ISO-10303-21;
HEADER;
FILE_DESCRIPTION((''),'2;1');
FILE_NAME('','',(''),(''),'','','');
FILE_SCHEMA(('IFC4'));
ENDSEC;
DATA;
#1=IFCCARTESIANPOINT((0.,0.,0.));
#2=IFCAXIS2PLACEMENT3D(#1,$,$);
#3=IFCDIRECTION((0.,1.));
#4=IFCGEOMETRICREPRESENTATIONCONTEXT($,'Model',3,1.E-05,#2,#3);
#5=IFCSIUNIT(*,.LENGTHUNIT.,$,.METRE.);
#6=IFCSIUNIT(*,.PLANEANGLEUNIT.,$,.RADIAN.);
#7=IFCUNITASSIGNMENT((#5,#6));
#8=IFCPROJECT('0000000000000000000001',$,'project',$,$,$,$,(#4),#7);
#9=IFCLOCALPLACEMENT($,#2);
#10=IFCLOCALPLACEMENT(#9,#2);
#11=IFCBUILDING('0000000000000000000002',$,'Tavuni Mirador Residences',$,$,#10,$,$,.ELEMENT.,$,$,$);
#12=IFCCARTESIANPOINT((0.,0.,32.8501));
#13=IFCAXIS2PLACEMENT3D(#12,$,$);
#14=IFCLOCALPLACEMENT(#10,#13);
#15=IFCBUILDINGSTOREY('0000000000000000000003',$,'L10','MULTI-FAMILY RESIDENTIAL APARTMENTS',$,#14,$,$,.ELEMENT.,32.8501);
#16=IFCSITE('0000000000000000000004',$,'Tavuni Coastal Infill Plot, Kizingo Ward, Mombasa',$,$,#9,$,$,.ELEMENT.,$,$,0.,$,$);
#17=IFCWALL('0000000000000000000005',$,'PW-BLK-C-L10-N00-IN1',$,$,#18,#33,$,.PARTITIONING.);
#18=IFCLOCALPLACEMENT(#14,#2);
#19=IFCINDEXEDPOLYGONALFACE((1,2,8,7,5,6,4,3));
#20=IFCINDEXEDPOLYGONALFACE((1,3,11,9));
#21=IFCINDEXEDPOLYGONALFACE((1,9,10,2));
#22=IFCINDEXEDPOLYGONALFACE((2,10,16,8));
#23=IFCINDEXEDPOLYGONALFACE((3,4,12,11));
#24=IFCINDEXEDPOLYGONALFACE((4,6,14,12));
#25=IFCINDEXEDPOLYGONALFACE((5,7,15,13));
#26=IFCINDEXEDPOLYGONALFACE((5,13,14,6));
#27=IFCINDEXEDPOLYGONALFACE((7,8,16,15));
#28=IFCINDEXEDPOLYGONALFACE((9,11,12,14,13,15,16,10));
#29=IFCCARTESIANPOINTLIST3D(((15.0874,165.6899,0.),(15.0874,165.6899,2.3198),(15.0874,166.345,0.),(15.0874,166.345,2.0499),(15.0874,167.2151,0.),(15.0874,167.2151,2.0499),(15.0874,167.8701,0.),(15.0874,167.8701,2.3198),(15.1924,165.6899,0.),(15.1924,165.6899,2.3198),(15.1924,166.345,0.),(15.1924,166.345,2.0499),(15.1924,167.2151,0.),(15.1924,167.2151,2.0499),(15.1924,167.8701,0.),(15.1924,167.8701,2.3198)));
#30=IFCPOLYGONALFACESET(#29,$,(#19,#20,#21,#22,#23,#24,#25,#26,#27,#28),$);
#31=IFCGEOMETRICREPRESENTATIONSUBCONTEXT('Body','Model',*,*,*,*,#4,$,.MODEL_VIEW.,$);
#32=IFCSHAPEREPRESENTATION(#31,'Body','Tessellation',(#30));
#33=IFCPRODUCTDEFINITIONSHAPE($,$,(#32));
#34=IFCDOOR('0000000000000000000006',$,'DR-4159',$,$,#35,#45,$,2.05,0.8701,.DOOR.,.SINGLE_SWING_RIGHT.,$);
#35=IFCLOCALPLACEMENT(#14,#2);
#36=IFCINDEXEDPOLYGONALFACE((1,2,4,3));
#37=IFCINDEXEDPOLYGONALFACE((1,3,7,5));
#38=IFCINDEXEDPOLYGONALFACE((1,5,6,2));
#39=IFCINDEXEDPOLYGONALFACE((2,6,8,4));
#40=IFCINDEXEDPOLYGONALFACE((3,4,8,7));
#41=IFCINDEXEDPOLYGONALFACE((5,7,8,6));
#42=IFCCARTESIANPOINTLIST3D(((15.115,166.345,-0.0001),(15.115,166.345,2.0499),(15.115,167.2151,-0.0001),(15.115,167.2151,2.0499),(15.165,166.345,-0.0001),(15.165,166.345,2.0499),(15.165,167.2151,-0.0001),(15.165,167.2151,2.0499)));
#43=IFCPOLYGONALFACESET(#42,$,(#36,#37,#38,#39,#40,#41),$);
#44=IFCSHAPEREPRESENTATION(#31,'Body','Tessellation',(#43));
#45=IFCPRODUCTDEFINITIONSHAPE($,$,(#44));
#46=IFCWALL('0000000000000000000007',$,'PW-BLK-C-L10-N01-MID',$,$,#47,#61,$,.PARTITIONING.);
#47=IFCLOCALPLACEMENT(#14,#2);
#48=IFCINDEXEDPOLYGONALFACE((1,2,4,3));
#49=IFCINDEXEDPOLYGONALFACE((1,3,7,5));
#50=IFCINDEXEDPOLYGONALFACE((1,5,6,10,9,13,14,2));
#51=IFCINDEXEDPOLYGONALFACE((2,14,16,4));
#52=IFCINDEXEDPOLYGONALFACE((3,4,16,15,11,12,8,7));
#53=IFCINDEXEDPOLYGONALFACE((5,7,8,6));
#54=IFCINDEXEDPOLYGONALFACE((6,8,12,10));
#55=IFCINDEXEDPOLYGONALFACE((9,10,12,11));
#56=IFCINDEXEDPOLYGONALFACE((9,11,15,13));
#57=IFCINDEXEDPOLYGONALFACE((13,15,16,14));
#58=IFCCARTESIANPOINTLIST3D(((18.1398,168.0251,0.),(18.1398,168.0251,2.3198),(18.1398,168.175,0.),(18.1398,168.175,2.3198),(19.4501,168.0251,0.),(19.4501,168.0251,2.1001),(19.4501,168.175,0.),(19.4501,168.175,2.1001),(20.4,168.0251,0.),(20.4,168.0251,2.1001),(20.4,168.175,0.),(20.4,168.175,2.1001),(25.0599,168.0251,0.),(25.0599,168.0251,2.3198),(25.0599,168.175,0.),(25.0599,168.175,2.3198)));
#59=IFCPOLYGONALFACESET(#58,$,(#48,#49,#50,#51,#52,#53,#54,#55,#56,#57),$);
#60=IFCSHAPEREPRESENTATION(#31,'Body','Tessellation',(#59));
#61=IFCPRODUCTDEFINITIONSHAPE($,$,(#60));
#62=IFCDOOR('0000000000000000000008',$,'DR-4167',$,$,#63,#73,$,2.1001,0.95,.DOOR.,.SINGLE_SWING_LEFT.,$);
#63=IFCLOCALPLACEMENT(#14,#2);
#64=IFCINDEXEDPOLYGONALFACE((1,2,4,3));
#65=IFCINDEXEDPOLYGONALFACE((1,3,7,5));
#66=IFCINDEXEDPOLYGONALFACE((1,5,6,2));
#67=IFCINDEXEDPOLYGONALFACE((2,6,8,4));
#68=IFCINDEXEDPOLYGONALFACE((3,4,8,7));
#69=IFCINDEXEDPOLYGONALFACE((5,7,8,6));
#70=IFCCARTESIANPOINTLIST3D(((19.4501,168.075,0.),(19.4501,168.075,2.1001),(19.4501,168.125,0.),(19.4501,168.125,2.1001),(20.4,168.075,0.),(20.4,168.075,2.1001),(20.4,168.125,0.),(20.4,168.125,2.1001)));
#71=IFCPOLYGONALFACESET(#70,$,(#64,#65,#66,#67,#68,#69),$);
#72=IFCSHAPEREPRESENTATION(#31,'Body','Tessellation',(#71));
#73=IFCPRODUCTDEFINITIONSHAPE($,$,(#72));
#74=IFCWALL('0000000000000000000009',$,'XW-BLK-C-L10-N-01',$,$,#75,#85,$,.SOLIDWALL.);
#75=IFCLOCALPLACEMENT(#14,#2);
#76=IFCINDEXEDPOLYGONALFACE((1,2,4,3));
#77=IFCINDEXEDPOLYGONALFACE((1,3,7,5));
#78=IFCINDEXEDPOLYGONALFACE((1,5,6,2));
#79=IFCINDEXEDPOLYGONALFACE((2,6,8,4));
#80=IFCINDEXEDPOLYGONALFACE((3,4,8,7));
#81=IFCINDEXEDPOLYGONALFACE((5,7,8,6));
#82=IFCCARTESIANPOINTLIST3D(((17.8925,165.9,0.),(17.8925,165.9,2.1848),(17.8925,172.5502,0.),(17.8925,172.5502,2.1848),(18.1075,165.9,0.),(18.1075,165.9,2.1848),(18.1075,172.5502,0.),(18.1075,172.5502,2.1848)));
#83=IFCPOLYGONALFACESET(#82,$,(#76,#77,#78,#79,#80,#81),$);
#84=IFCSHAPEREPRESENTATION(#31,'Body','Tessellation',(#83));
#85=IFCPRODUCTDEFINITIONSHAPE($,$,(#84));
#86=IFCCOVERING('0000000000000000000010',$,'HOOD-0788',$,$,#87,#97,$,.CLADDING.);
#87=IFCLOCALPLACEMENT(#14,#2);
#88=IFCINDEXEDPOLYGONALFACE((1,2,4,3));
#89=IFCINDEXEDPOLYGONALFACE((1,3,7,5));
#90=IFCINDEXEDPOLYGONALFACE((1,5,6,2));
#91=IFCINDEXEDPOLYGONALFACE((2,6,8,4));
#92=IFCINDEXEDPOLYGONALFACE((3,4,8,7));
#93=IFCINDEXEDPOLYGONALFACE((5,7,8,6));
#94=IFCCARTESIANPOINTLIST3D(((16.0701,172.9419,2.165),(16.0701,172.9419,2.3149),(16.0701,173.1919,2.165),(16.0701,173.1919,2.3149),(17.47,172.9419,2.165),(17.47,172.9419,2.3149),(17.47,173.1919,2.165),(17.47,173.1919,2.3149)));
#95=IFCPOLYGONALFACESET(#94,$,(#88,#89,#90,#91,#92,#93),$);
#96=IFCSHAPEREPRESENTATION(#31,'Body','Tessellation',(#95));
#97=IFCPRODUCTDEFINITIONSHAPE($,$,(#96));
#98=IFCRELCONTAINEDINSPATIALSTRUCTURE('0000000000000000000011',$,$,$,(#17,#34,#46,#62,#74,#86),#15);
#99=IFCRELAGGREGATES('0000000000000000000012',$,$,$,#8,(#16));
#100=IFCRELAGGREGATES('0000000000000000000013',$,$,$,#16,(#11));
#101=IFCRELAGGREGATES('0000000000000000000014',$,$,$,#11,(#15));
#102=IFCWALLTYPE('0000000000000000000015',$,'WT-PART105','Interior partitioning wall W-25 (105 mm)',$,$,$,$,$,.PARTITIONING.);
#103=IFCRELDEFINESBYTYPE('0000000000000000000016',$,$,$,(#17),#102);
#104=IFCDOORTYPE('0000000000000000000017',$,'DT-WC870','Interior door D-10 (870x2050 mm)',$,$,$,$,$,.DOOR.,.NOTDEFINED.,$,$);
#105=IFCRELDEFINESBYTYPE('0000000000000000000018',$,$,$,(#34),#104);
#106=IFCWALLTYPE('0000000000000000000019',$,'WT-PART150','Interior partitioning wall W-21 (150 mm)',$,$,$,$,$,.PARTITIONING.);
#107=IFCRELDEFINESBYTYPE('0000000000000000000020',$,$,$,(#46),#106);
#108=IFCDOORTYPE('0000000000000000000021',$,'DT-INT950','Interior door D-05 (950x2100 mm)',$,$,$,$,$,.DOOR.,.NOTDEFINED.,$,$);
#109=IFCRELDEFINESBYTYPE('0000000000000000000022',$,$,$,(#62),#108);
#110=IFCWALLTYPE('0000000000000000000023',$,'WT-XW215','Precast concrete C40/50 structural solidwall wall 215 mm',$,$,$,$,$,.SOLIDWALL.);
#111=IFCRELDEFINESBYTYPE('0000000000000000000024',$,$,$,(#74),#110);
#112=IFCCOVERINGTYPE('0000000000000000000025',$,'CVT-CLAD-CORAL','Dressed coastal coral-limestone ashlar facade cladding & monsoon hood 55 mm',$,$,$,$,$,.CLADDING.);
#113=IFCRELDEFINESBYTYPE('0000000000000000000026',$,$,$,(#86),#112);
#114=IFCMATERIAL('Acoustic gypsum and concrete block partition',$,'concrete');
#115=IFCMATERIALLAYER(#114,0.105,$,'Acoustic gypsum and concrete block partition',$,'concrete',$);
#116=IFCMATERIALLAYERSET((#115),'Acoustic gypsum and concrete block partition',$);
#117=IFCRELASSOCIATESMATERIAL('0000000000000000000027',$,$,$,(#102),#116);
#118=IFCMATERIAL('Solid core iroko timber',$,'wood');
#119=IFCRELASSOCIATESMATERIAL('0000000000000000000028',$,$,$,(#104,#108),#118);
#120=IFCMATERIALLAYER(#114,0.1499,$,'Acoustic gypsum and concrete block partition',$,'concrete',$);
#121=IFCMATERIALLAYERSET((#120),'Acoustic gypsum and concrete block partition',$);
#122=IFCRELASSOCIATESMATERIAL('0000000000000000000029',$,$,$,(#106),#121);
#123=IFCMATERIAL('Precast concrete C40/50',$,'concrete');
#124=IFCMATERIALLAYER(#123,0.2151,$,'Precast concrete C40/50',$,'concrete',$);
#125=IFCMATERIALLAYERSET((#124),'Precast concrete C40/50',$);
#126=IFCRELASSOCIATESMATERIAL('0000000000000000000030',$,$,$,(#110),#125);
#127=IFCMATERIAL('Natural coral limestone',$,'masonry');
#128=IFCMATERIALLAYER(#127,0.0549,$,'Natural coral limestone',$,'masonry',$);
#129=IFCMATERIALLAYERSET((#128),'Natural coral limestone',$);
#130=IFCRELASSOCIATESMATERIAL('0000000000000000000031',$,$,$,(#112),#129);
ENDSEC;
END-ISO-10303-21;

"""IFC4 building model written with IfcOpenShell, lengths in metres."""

from ifc_helpers import new_model, si_unit, direction, frame, frame_2d, origin, origin_2d, place, context, subcontext, project, spatial, rectangle, extrude, material, layer, layer_set, type_object, element, fill, save


model = new_model("IFC4")

# Units and contexts
model_context = context("Model", 3, precision=1e-05, world=origin(), true_north=direction((0.0, 1.0)))
body_context = subcontext(model_context, "Body", "Model", "MODEL_VIEW")
ifc_project = project(units=[si_unit("LENGTHUNIT", "METRE"), si_unit("PLANEANGLEUNIT", "RADIAN")], contexts=[model_context])

# Site, building, storey
site_placement = place(None, origin())
site = spatial("IfcSite", under=ifc_project, at=site_placement, Name="Tavuni Coastal Infill Plot, Kizingo Ward, Mombasa", CompositionType="ELEMENT", RefElevation=0.0)
building_placement = place(site_placement, origin())
building = spatial("IfcBuilding", under=site, at=building_placement, Name="Tavuni Mirador Residences", CompositionType="ELEMENT")
storey_placement = place(building_placement, frame((0.0, 0.0, 32.8501)))
storey = spatial("IfcBuildingStorey", under=building, at=storey_placement, Name="L10", Description="MULTI-FAMILY RESIDENTIAL APARTMENTS", CompositionType="ELEMENT", Elevation=32.8501)

# Shared definitions
ifc_material_1 = material(Name="Precast concrete C40/50", Category="concrete")

# Walls, openings, doors
ifc_material_2 = material(Name="Acoustic gypsum and concrete block partition", Category="concrete")
ifc_layer_1 = layer(ifc_material_2, 0.105, Name="Acoustic gypsum and concrete block partition", Category="concrete")
ifc_layer_set_1 = layer_set([ifc_layer_1], Name="Acoustic gypsum and concrete block partition")
wall_type_1 = type_object("IfcWallType", Name="WT-PART105", Description="Interior partitioning wall W-25 (105 mm)", PredefinedType="PARTITIONING", material=ifc_layer_set_1)
wall_1_placement = place(storey_placement, frame((15.1399, 165.6899, 0.0), z_axis=(0.0, 0.0, 1.0), x_axis=(0.0, 1.0, 0.0)))
wall_1 = element("IfcWall", 1, at=wall_1_placement, inside=storey, type_object=wall_type_1, Name="PW-BLK-C-L10-N00-IN1", PredefinedType="PARTITIONING", context=body_context, shape_type="SweptSolid", body=[
    extrude(rectangle(XDim=2.1802, YDim=0.105, at=frame_2d((1.0901, 0.0))), origin(), (0.0, 0.0, 1.0), 2.3198),
])
opening_1_placement = place(wall_1_placement, frame((0.655, 0.0, 0.0)))
opening_1 = element("IfcOpeningElement", 2, at=opening_1_placement, cuts=wall_1, PredefinedType="OPENING", context=body_context, shape_type="SweptSolid", body=[
    extrude(rectangle(XDim=0.8701, YDim=2.05, at=frame_2d((0.4351, 1.0249))), frame((0.0, 0.0625, 0.0), z_axis=(0.0, -1.0, 0.0), x_axis=(1.0, 0.0, 0.0)), (0.0, 0.0, 1.0), 0.125),
])
ifc_material_3 = material(Name="Solid core iroko timber", Category="wood")
door_type_1 = type_object("IfcDoorType", Name="DT-WC870", Description="Interior door D-10 (870x2050 mm)", OperationType="NOTDEFINED", PredefinedType="DOOR", material=ifc_material_3)
door_1_placement = place(opening_1_placement, origin())
door_1 = element("IfcDoor", 3, at=door_1_placement, inside=storey, type_object=door_type_1, Name="DR-4159", OperationType="SINGLE_SWING_RIGHT", OverallHeight=2.05, OverallWidth=0.8701, PredefinedType="DOOR", context=body_context, shape_type="SweptSolid", body=[
    extrude(rectangle(XDim=0.8701, YDim=2.05, at=frame_2d((0.4351, 1.0249))), frame((0.0, 0.0249, 0.0), z_axis=(0.0, -1.0, 0.0), x_axis=(1.0, 0.0, 0.0)), (0.0, 0.0, 1.0), 0.05),
])
fill(opening_1, door_1)
ifc_layer_2 = layer(ifc_material_2, 0.1499, Name="Acoustic gypsum and concrete block partition", Category="concrete")
ifc_layer_set_2 = layer_set([ifc_layer_2], Name="Acoustic gypsum and concrete block partition")
wall_type_2 = type_object("IfcWallType", Name="WT-PART150", Description="Interior partitioning wall W-21 (150 mm)", PredefinedType="PARTITIONING", material=ifc_layer_set_2)
wall_2_placement = place(storey_placement, frame((18.1399, 168.1001, 0.0), z_axis=(0.0, 0.0, 1.0), x_axis=(1.0, 0.0, 0.0)))
wall_2 = element("IfcWall", 4, at=wall_2_placement, inside=storey, type_object=wall_type_2, Name="PW-BLK-C-L10-N01-MID", PredefinedType="PARTITIONING", context=body_context, shape_type="SweptSolid", body=[
    extrude(rectangle(XDim=6.9202, YDim=0.1499, at=frame_2d((3.46, 0.0))), origin(), (0.0, 0.0, 1.0), 2.3198),
])
opening_2_placement = place(wall_2_placement, frame((1.3101, 0.0, 0.0)))
opening_2 = element("IfcOpeningElement", 5, at=opening_2_placement, cuts=wall_2, PredefinedType="OPENING", context=body_context, shape_type="SweptSolid", body=[
    extrude(rectangle(XDim=0.95, YDim=2.1001, at=frame_2d((0.4751, 1.05))), frame((0.0, 0.085, 0.0), z_axis=(0.0, -1.0, 0.0), x_axis=(1.0, 0.0, 0.0)), (0.0, 0.0, 1.0), 0.1699),
])
door_type_2 = type_object("IfcDoorType", Name="DT-INT950", Description="Interior door D-05 (950x2100 mm)", OperationType="NOTDEFINED", PredefinedType="DOOR", material=ifc_material_3)
door_2_placement = place(opening_2_placement, origin())
door_2 = element("IfcDoor", 6, at=door_2_placement, inside=storey, type_object=door_type_2, Name="DR-4167", OperationType="SINGLE_SWING_LEFT", OverallHeight=2.1001, OverallWidth=0.95, PredefinedType="DOOR", context=body_context, shape_type="SweptSolid", body=[
    extrude(rectangle(XDim=0.95, YDim=2.1001, at=frame_2d((0.4751, 1.05))), frame((0.0, 0.0249, 0.0), z_axis=(0.0, -1.0, 0.0), x_axis=(1.0, 0.0, 0.0)), (0.0, 0.0, 1.0), 0.05),
])
fill(opening_2, door_2)

# Wall
ifc_layer_3 = layer(ifc_material_1, 0.2151, Name="Precast concrete C40/50", Category="concrete")
ifc_layer_set_3 = layer_set([ifc_layer_3], Name="Precast concrete C40/50")
wall_type_3 = type_object("IfcWallType", Name="WT-XW215", Description="Precast concrete C40/50 structural solidwall wall 215 mm", PredefinedType="SOLIDWALL", material=ifc_layer_set_3)
wall_3_placement = place(storey_placement, frame((18.0, 165.8999, 0.0), z_axis=(0.0, 0.0, 1.0), x_axis=(0.0, 1.0, 0.0)))
element("IfcWall", 7, at=wall_3_placement, inside=storey, type_object=wall_type_3, Name="XW-BLK-C-L10-N-01", PredefinedType="SOLIDWALL", context=body_context, shape_type="SweptSolid", body=[
    extrude(rectangle(XDim=6.6501, YDim=0.2151, at=frame_2d((3.3252, 0.0))), origin(), (0.0, 0.0, 1.0), 2.1848),
])

# Covering
ifc_material_4 = material(Name="Natural coral limestone", Category="masonry")
ifc_layer_4 = layer(ifc_material_4, 0.0549, Name="Natural coral limestone", Category="masonry")
ifc_layer_set_4 = layer_set([ifc_layer_4], Name="Natural coral limestone")
covering_type = type_object("IfcCoveringType", Name="CVT-CLAD-CORAL", Description="Dressed coastal coral-limestone ashlar facade cladding & monsoon hood 55 mm", PredefinedType="CLADDING", material=ifc_layer_set_4)
covering_placement = place(storey_placement, frame((16.77, 173.0669, 2.165), z_axis=(0.0, 0.0, 1.0), x_axis=(-1.0, 0.0, 0.0)))
element("IfcCovering", 8, at=covering_placement, inside=storey, type_object=covering_type, Name="HOOD-0788", PredefinedType="CLADDING", context=body_context, shape_type="SweptSolid", body=[
    extrude(rectangle(XDim=1.3999, YDim=0.25, at=origin_2d()), origin(), (0.0, 0.0, 1.0), 0.1499),
])

save(model, "model.ifc")
